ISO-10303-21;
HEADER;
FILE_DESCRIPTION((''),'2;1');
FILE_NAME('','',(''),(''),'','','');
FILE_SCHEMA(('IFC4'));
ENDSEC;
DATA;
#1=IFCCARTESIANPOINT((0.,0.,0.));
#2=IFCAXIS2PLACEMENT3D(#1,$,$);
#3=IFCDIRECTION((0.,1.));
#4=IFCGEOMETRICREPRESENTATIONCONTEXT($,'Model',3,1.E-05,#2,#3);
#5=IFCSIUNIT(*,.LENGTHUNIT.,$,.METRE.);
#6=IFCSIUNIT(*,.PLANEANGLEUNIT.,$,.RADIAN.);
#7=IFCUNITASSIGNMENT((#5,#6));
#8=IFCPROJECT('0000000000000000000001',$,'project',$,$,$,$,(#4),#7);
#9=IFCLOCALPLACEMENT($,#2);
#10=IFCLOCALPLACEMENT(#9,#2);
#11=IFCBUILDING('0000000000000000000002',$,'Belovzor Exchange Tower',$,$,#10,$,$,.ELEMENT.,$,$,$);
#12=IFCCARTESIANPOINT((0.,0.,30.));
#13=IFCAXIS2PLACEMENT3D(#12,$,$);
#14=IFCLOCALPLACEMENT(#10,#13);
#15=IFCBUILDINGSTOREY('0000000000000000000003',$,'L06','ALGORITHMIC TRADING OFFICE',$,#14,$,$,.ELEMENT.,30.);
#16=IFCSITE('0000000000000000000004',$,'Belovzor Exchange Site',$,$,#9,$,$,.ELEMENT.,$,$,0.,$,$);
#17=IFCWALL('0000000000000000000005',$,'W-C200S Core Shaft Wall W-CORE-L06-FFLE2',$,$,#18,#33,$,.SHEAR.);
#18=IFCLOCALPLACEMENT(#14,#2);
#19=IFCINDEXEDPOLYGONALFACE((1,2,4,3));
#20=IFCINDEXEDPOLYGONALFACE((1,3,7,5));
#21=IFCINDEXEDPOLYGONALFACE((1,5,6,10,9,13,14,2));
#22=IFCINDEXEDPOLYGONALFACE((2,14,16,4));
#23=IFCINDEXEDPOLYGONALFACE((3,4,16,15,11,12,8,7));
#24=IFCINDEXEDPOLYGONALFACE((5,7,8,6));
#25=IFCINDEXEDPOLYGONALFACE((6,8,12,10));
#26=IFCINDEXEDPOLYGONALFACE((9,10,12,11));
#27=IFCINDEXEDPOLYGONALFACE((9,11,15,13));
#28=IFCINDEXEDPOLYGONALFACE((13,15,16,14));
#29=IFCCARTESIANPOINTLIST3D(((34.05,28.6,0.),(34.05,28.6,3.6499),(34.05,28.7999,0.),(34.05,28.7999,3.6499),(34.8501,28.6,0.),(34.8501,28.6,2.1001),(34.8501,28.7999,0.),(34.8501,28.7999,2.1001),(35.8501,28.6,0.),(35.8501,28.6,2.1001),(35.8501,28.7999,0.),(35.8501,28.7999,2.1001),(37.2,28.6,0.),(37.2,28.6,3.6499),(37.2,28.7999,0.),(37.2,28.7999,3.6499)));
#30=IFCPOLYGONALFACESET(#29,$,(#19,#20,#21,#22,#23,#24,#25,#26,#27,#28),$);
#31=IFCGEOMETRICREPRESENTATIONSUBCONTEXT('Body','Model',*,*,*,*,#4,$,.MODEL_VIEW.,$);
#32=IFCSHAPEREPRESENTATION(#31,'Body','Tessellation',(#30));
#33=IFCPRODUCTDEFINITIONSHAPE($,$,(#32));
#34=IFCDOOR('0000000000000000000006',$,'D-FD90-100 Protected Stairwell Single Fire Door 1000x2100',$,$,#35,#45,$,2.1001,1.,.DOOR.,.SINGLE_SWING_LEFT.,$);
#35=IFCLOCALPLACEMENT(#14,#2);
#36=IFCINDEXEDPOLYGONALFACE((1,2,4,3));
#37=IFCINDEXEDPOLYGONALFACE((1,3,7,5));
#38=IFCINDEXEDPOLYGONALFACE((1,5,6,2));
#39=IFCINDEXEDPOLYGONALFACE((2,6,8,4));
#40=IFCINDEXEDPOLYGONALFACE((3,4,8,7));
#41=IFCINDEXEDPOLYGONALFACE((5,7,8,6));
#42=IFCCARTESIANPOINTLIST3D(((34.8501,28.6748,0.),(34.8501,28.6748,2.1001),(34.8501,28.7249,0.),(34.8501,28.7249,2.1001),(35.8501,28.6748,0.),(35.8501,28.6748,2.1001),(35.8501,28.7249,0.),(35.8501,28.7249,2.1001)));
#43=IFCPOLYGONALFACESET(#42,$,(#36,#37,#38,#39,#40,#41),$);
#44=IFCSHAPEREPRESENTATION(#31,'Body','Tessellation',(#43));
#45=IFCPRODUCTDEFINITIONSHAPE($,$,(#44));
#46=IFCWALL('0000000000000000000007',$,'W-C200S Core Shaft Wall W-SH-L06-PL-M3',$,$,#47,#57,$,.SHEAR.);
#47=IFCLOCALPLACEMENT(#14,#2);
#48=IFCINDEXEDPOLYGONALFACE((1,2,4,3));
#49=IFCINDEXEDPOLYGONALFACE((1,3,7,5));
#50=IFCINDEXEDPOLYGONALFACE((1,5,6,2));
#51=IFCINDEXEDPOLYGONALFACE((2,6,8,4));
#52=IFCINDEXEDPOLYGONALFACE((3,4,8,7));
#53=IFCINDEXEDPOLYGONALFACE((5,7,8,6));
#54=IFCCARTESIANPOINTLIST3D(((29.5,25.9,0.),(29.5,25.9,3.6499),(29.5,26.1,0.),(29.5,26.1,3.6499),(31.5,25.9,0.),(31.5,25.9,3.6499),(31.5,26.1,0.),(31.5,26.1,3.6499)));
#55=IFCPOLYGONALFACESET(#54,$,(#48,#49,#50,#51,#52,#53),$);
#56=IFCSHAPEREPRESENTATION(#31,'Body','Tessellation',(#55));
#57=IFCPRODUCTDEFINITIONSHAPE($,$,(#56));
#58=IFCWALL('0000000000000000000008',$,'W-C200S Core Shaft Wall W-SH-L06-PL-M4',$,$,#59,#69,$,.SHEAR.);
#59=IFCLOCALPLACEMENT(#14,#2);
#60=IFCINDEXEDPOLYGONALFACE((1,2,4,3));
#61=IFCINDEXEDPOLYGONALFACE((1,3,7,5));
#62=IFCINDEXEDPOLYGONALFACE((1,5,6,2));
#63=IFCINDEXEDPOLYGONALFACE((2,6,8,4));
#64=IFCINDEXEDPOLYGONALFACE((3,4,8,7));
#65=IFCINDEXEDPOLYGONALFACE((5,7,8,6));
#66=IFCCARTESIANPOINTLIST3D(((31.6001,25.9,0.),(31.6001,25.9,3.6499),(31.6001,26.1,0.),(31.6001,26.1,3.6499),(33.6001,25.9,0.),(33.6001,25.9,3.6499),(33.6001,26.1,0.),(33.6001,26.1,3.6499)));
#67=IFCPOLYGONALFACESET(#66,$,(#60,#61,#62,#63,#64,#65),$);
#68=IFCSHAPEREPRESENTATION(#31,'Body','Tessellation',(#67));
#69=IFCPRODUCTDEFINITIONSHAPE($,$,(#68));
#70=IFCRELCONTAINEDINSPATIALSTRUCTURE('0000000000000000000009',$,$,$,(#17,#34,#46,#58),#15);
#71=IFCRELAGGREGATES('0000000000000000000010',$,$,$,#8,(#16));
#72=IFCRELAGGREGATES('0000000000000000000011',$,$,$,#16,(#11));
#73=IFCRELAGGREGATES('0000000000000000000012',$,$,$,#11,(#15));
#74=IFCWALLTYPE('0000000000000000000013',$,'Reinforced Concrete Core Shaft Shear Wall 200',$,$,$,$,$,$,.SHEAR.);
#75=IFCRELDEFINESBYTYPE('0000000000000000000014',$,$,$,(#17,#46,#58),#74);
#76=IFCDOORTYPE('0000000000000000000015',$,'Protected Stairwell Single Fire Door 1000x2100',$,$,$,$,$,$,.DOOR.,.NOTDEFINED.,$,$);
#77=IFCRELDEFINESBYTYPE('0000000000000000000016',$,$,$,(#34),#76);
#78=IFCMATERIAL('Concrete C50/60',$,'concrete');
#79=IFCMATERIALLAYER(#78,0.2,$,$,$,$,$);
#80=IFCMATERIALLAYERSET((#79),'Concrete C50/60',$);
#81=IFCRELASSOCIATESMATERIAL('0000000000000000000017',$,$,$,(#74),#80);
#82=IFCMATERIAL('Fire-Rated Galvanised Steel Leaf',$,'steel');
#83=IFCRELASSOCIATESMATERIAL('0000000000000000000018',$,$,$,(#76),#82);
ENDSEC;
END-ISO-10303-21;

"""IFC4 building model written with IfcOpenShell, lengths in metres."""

from ifc_helpers import new_model, si_unit, direction, frame, frame_2d, origin, place, context, subcontext, project, spatial, rectangle, extrude, material, layer, layer_set, type_object, element, fill, save


model = new_model("IFC4")

# Units and contexts
model_context = context("Model", 3, precision=1e-05, world=origin(), true_north=direction((0.0, 1.0)))
body_context = subcontext(model_context, "Body", "Model", "MODEL_VIEW")
ifc_project = project(units=[si_unit("LENGTHUNIT", "METRE"), si_unit("PLANEANGLEUNIT", "RADIAN")], contexts=[model_context])

# Site, building, storey
site_placement = place(None, origin())
site = spatial("IfcSite", under=ifc_project, at=site_placement, Name="Belovzor Exchange Site", CompositionType="ELEMENT", RefElevation=0.0)
building_placement = place(site_placement, origin())
building = spatial("IfcBuilding", under=site, at=building_placement, Name="Belovzor Exchange Tower", CompositionType="ELEMENT")
storey_placement = place(building_placement, frame((0.0, 0.0, 30.0)))
storey = spatial("IfcBuildingStorey", under=building, at=storey_placement, Name="L06", Description="ALGORITHMIC TRADING OFFICE", CompositionType="ELEMENT", Elevation=30.0)

# Wall, opening, door
ifc_material_1 = material(Name="Concrete C50/60", Category="concrete")
ifc_layer_1 = layer(ifc_material_1, 0.2)
ifc_layer_set_1 = layer_set([ifc_layer_1], Name="Concrete C50/60")
wall_type_1 = type_object("IfcWallType", Name="Reinforced Concrete Core Shaft Shear Wall 200", PredefinedType="SHEAR", material=ifc_layer_set_1)
wall_1_placement = place(storey_placement, frame((34.05, 28.7, 0.0), z_axis=(0.0, 0.0, 1.0), x_axis=(1.0, 0.0, 0.0)))
wall_1 = element("IfcWall", 1, at=wall_1_placement, inside=storey, type_object=wall_type_1, Name="W-C200S Core Shaft Wall W-CORE-L06-FFLE2", PredefinedType="SHEAR", context=body_context, shape_type="SweptSolid", body=[
    extrude(rectangle(XDim=3.1499, YDim=0.2, at=frame_2d((1.575, 0.0))), origin(), (0.0, 0.0, 1.0), 3.6499),
])
opening_1_placement = place(wall_1_placement, frame((0.8, 0.0, 0.0)))
opening_1 = element("IfcOpeningElement", 2, at=opening_1_placement, cuts=wall_1, PredefinedType="OPENING", context=body_context, shape_type="SweptSolid", body=[
    extrude(rectangle(XDim=1.0, YDim=2.1001, at=frame_2d((0.5, 1.05))), frame((0.0, 0.1099, 0.0), z_axis=(0.0, -1.0, 0.0), x_axis=(1.0, 0.0, 0.0)), (0.0, 0.0, 1.0), 0.22),
])
ifc_material_2 = material(Name="Fire-Rated Galvanised Steel Leaf", Category="steel")
door_type_1 = type_object("IfcDoorType", Name="Protected Stairwell Single Fire Door 1000x2100", OperationType="NOTDEFINED", PredefinedType="DOOR", material=ifc_material_2)
door_1_placement = place(opening_1_placement, origin())
door_1 = element("IfcDoor", 3, at=door_1_placement, inside=storey, type_object=door_type_1, Name="D-FD90-100 Protected Stairwell Single Fire Door 1000x2100", OperationType="SINGLE_SWING_LEFT", OverallHeight=2.1001, OverallWidth=1.0, PredefinedType="DOOR", context=body_context, shape_type="SweptSolid", body=[
    extrude(rectangle(XDim=1.0, YDim=2.1001, at=frame_2d((0.5, 1.05))), frame((0.0, 0.0249, 0.0), z_axis=(0.0, -1.0, 0.0), x_axis=(1.0, 0.0, 0.0)), (0.0, 0.0, 1.0), 0.05),
])
fill(opening_1, door_1)

# Walls
for number, where, z_axis, x_axis, name in (
    (4, (29.5, 26.0, 0.0), (0.0, 0.0, 1.0), (1.0, 0.0, 0.0), "W-C200S Core Shaft Wall W-SH-L06-PL-M3"),
    (5, (31.6001, 26.0, 0.0), (0.0, 0.0, 1.0), (1.0, 0.0, 0.0), "W-C200S Core Shaft Wall W-SH-L06-PL-M4"),
):
    element("IfcWall", number, at=place(storey_placement, frame(where, z_axis=z_axis, x_axis=x_axis)), inside=storey, type_object=wall_type_1, Name=name, PredefinedType="SHEAR", context=body_context, shape_type="SweptSolid", body=[
        extrude(rectangle(XDim=2.0, YDim=0.2, at=frame_2d((1.0, 0.0))), origin(), (0.0, 0.0, 1.0), 3.6499),
    ])

save(model, "model.ifc")
